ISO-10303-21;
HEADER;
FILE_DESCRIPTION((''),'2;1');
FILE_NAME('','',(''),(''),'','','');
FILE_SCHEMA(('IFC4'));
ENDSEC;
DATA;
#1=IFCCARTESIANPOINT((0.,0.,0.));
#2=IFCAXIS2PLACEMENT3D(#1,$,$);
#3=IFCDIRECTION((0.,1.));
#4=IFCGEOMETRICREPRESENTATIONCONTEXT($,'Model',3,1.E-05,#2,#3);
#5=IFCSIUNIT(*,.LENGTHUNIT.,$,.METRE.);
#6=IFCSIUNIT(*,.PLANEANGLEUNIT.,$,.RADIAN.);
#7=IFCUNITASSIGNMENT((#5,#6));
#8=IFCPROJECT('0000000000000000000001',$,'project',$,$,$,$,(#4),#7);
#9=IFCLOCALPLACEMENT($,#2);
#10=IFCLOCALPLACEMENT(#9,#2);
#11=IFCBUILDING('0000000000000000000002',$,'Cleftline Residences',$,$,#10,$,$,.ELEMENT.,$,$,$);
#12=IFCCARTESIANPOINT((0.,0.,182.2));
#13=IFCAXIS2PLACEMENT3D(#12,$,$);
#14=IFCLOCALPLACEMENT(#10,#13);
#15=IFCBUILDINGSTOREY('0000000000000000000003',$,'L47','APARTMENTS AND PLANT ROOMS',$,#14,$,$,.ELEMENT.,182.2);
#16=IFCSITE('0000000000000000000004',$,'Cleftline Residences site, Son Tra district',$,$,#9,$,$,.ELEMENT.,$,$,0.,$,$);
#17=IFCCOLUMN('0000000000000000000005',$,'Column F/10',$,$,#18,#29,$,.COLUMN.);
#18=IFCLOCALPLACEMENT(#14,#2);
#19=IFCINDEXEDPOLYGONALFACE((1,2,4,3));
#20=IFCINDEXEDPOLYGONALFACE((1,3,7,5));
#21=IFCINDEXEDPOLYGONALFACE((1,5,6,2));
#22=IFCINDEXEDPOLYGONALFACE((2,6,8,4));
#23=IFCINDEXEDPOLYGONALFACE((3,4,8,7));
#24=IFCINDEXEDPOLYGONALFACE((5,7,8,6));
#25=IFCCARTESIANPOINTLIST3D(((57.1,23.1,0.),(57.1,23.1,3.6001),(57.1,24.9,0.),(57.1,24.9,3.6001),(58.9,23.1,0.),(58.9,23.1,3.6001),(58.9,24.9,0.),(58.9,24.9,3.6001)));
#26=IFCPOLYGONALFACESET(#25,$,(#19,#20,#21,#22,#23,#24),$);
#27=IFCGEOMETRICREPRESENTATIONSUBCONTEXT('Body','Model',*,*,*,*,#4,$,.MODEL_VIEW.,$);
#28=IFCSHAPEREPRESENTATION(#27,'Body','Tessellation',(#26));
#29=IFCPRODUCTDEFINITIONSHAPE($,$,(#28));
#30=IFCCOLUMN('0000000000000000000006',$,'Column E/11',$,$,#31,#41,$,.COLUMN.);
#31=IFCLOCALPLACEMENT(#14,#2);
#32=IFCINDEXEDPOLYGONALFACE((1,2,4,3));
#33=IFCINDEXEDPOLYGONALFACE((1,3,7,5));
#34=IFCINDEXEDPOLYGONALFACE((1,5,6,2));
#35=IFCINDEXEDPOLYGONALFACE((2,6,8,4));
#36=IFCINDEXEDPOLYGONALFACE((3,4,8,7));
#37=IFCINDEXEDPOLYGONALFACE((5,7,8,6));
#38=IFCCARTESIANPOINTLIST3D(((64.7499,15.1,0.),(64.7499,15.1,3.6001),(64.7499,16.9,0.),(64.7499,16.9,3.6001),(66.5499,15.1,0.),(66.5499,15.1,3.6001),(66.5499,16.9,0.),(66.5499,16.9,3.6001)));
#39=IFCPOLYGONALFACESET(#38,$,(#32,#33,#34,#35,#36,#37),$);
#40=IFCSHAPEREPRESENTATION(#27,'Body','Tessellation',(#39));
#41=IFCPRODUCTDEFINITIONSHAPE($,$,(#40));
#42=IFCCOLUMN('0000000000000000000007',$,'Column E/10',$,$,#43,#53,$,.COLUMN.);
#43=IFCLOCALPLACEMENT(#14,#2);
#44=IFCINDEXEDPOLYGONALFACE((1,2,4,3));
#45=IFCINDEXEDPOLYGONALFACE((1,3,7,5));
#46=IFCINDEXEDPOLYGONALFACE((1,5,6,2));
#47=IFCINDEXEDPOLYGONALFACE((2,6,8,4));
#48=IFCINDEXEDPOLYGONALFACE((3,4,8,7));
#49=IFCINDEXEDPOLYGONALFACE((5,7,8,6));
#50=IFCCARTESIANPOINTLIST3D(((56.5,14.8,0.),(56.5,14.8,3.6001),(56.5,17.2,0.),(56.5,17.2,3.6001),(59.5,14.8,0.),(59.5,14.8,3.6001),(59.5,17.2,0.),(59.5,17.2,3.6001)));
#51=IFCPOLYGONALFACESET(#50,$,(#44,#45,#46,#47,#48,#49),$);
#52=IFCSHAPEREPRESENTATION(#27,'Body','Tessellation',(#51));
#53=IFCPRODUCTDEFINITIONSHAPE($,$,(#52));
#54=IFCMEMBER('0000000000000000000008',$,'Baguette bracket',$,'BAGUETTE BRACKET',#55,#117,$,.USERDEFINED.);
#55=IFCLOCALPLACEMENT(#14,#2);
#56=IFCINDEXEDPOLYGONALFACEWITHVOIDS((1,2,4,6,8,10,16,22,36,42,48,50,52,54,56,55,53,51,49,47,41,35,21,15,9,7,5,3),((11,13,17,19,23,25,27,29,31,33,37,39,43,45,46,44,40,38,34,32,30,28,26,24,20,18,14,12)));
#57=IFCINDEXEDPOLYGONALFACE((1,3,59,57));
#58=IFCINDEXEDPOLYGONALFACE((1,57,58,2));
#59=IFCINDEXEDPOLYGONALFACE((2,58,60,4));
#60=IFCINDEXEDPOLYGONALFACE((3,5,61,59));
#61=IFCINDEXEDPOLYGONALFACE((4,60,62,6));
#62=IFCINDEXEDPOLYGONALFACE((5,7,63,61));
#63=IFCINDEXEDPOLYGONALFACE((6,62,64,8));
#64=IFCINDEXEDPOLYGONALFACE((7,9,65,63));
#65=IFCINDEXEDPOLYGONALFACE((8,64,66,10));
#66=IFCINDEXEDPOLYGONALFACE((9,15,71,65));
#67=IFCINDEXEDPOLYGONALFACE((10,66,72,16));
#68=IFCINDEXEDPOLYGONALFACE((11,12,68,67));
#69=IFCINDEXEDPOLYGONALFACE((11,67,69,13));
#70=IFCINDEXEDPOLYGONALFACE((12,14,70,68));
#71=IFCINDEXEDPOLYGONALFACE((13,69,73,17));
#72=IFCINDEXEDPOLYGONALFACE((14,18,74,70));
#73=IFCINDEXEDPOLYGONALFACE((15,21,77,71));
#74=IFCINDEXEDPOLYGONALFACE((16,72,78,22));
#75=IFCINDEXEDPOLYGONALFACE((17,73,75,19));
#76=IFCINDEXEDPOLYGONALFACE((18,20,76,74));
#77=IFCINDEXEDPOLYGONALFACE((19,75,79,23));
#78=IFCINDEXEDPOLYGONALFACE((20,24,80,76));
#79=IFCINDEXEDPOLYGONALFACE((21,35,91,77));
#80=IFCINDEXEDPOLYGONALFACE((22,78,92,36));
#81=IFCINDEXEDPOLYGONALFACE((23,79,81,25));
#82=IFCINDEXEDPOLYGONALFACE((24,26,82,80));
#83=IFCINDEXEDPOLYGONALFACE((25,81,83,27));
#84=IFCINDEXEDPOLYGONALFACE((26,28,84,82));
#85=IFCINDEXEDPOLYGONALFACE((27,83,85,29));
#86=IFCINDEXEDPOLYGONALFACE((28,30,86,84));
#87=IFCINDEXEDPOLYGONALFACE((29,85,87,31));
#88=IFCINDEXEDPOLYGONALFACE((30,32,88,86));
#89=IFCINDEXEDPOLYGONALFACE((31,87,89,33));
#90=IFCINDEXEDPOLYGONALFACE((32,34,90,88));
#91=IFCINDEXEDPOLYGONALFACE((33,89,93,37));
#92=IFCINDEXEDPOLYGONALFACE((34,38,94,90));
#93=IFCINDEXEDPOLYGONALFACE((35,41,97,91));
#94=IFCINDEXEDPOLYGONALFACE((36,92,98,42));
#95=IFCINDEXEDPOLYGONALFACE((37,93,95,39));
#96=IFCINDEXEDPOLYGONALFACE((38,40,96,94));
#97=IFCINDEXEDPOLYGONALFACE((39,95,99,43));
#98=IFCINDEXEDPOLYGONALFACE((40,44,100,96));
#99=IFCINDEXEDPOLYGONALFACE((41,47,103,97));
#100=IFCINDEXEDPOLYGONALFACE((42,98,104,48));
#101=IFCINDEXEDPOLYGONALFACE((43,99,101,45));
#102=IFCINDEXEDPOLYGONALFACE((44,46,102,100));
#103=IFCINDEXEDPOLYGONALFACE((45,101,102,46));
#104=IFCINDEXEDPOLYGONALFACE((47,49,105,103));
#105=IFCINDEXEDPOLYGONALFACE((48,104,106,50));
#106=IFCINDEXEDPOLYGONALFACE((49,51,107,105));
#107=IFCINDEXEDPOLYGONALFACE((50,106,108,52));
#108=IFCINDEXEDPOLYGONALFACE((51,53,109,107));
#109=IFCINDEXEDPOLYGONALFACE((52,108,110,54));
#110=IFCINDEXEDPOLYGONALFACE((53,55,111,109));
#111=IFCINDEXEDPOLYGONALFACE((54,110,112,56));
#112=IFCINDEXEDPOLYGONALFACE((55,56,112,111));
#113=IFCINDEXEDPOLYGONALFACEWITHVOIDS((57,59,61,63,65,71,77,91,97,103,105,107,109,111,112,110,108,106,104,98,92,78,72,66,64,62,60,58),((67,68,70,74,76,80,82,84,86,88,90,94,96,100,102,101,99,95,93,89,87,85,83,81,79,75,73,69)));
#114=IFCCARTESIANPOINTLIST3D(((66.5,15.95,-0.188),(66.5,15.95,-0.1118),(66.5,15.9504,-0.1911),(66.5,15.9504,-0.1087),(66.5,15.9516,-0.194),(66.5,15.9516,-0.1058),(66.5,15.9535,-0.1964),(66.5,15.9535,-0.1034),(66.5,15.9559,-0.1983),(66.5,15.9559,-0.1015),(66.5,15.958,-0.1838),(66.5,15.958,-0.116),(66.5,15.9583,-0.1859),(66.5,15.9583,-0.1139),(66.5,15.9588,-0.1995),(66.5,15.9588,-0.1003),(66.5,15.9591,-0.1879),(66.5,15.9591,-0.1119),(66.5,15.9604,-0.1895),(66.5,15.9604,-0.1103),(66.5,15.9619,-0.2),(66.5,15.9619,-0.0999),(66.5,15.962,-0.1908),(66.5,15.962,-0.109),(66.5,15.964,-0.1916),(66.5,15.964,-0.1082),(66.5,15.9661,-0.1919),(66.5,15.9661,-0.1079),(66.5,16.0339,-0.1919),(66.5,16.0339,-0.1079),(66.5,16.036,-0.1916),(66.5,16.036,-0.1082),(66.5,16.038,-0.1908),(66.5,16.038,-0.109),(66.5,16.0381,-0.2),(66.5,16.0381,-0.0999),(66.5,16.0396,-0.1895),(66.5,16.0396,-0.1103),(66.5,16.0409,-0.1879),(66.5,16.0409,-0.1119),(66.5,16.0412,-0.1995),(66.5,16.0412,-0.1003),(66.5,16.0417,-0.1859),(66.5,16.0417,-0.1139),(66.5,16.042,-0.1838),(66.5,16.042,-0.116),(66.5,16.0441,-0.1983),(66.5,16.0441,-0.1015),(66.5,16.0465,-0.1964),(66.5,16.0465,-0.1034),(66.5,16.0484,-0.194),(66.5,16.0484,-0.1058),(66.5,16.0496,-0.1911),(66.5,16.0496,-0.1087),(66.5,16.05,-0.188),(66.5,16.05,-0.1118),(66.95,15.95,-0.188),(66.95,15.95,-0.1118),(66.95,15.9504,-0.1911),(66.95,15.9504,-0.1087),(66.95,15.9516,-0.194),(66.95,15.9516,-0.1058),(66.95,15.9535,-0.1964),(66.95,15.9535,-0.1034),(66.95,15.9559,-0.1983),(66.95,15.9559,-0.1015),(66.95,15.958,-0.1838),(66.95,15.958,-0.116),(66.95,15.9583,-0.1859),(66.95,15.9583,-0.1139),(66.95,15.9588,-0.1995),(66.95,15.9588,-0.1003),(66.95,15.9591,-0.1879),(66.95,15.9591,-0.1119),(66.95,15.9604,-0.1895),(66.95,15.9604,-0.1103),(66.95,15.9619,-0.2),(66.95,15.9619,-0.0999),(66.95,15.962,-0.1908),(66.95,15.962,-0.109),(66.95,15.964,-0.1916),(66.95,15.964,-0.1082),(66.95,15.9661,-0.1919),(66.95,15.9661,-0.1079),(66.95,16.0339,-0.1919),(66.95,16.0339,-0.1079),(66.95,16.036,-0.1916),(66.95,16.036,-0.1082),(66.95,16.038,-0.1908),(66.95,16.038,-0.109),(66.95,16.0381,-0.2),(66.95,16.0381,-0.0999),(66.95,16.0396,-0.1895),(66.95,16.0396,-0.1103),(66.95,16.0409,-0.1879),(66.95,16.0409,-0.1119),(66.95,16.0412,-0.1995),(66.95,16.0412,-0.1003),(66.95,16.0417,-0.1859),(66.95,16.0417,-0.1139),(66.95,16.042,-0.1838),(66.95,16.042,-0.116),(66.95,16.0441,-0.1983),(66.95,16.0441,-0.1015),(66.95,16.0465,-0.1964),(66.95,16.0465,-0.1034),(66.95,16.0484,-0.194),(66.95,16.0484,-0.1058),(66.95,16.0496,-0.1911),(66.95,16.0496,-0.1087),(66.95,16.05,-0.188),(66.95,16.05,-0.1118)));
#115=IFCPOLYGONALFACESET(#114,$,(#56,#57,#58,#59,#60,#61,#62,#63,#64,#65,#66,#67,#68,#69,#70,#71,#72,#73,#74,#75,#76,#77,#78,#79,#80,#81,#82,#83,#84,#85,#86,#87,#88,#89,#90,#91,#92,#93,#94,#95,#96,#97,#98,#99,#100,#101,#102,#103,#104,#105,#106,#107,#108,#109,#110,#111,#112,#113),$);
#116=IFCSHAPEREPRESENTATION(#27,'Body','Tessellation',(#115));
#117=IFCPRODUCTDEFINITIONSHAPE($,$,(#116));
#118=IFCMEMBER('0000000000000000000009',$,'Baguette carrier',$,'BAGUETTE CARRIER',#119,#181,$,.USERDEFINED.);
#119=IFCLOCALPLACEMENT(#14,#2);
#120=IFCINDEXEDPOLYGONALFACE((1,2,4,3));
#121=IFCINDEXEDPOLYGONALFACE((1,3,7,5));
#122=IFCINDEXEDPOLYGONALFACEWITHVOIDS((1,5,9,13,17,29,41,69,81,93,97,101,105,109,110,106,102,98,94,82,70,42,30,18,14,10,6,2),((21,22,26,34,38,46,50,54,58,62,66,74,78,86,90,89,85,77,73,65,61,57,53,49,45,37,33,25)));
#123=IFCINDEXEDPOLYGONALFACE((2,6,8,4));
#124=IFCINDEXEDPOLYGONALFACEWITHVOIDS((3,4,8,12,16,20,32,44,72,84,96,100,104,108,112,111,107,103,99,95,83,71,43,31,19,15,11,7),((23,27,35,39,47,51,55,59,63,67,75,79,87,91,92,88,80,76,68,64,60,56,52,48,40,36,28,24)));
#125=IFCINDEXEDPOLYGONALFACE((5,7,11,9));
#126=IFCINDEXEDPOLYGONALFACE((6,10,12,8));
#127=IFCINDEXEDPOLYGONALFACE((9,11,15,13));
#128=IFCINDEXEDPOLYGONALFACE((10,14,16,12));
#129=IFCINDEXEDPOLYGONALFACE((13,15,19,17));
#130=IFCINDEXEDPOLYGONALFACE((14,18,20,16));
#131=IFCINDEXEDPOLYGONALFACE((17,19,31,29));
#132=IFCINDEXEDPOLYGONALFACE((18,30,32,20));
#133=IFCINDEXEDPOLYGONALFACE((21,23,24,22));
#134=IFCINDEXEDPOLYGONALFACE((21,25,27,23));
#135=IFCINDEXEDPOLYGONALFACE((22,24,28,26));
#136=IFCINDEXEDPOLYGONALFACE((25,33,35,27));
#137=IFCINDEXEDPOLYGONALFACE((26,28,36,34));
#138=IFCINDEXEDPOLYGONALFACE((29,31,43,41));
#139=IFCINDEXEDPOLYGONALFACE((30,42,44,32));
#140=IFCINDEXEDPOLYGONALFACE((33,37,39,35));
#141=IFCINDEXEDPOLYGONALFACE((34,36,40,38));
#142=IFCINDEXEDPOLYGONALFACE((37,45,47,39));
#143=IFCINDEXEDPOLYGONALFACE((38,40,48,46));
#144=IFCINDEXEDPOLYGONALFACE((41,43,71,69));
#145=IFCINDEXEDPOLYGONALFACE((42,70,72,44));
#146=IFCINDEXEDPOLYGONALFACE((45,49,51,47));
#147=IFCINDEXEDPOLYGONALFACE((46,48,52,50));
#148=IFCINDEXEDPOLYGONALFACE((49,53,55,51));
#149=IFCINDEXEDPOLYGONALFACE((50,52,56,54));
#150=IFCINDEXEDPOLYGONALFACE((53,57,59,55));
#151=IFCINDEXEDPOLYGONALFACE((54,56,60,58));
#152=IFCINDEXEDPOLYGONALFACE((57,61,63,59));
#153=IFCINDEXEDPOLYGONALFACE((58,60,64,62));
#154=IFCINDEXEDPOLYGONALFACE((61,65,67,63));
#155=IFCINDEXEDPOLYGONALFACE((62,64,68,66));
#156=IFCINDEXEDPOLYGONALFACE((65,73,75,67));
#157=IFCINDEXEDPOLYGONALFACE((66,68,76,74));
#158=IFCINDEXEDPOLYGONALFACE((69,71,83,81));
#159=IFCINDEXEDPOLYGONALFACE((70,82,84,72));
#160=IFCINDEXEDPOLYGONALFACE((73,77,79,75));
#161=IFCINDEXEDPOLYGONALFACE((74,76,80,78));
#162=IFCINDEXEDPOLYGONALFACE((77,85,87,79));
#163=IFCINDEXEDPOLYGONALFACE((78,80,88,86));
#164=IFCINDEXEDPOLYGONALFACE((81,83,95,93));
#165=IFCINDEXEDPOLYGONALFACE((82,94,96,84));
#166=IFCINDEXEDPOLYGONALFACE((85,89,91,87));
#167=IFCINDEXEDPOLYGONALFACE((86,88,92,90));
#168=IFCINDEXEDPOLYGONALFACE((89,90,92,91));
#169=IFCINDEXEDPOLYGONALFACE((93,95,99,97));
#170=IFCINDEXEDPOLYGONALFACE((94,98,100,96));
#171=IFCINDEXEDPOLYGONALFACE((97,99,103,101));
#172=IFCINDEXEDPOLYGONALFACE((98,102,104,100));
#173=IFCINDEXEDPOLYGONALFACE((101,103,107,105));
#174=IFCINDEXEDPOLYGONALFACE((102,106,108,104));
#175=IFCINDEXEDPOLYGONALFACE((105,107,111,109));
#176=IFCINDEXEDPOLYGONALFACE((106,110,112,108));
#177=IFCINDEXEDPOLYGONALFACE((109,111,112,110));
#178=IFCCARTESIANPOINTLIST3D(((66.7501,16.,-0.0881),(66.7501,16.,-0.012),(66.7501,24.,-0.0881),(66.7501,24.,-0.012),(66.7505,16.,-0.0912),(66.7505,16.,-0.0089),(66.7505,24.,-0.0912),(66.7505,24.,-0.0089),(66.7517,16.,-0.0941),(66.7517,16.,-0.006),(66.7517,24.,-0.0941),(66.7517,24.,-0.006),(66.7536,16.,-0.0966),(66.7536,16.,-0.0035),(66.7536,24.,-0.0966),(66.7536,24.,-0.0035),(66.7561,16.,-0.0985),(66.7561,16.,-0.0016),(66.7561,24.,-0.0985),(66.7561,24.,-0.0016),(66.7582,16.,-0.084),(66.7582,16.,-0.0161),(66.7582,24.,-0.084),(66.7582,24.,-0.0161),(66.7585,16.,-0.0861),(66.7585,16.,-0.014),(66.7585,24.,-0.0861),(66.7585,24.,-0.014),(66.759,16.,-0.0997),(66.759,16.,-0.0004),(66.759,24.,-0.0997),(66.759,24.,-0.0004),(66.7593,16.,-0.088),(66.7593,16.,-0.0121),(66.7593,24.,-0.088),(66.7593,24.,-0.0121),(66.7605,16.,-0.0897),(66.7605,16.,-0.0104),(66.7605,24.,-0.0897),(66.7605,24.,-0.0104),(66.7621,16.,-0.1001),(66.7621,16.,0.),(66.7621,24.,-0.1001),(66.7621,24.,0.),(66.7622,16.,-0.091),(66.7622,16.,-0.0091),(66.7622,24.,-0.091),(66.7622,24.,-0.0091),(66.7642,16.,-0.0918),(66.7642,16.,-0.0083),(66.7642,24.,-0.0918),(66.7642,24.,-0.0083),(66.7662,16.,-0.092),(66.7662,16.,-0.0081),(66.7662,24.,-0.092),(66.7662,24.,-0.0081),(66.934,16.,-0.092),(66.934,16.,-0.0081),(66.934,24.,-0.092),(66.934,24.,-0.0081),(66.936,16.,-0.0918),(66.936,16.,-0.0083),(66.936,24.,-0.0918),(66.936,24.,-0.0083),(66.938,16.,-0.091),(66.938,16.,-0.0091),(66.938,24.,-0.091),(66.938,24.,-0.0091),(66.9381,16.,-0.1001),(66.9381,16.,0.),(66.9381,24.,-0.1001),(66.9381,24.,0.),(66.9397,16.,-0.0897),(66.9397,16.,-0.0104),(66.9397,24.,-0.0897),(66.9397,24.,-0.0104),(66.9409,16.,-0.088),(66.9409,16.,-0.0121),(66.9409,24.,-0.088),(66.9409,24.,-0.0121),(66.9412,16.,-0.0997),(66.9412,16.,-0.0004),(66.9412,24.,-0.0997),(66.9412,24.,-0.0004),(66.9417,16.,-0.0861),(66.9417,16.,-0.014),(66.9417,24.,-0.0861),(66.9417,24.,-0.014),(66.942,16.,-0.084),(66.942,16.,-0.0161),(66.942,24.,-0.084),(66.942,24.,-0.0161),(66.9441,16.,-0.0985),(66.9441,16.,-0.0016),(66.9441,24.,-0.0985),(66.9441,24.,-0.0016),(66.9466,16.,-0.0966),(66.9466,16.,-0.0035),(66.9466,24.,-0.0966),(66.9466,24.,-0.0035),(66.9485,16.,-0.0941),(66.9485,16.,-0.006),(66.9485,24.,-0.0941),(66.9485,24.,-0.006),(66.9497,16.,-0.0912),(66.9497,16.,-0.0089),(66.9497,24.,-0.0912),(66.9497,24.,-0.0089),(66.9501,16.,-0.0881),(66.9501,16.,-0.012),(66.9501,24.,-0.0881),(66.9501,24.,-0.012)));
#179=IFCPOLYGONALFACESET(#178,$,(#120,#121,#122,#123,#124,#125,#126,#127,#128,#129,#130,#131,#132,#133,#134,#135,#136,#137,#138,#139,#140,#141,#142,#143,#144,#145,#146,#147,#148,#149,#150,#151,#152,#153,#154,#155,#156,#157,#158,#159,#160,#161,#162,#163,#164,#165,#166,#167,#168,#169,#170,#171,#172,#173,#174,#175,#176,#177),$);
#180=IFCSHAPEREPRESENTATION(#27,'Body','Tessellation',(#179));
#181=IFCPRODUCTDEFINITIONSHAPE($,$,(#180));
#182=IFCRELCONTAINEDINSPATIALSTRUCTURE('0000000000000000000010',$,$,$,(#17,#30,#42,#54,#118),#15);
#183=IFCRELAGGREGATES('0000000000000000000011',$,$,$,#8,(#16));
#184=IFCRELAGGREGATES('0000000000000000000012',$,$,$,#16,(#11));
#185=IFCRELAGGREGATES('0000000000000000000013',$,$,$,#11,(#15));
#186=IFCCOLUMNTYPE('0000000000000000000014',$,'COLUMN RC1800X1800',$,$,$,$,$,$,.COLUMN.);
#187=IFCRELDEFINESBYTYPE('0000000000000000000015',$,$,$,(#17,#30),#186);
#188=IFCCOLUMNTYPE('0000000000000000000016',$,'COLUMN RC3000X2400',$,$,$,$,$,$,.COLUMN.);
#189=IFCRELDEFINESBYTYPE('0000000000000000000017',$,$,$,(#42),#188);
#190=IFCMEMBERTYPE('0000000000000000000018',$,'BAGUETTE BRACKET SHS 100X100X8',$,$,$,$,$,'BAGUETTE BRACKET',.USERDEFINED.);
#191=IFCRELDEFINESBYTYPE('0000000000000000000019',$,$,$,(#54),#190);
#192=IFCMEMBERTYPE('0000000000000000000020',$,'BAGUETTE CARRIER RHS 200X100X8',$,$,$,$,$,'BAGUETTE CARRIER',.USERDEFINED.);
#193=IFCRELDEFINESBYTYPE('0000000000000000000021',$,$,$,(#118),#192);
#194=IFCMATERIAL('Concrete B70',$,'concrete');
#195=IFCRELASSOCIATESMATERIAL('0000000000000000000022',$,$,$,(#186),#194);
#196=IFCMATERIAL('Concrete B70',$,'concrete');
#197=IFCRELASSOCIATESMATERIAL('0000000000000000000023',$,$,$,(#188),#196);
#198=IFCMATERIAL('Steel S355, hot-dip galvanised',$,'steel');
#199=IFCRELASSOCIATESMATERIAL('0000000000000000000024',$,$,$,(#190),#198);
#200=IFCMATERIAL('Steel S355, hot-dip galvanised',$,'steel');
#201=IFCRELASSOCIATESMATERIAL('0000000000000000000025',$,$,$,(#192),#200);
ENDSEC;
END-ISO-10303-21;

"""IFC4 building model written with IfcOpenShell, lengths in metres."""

from ifc_helpers import new_model, si_unit, direction, frame, origin, origin_2d, place, context, subcontext, project, spatial, rectangle, hollow_rectangle, extrude, material, material_profile, profile_set, type_object, element, save


model = new_model("IFC4")

# Units and contexts
model_context = context("Model", 3, precision=1e-05, world=origin(), true_north=direction((0.0, 1.0)))
body_context = subcontext(model_context, "Body", "Model", "MODEL_VIEW")
ifc_project = project(units=[si_unit("LENGTHUNIT", "METRE"), si_unit("PLANEANGLEUNIT", "RADIAN")], contexts=[model_context])

# Site, building, storey
site_placement = place(None, origin())
site = spatial("IfcSite", under=ifc_project, at=site_placement, Name="Cleftline Residences site, Son Tra district", CompositionType="ELEMENT", RefElevation=0.0)
building_placement = place(site_placement, origin())
building = spatial("IfcBuilding", under=site, at=building_placement, Name="Cleftline Residences", CompositionType="ELEMENT")
storey_placement = place(building_placement, frame((0.0, 0.0, 182.2)))
storey = spatial("IfcBuildingStorey", under=building, at=storey_placement, Name="L47", Description="APARTMENTS AND PLANT ROOMS", CompositionType="ELEMENT", Elevation=182.2)

# Columns
ifc_material_1 = material(Name="Concrete B70", Category="concrete")
ifc_material_profile_1 = material_profile(ifc_material_1, rectangle(XDim=1.8, YDim=1.8, at=origin_2d()))
ifc_profile_set_1 = profile_set([ifc_material_profile_1], Name="Concrete B70")
column_type_1 = type_object("IfcColumnType", Name="COLUMN RC1800X1800", PredefinedType="COLUMN", material=ifc_profile_set_1)
for number, where, z_axis, x_axis, name in (
    (1, (58.0, 24.0, 0.0), (0.0, 0.0, 1.0), (1.0, 0.0, 0.0), "Column F/10"),
    (2, (65.6499, 16.0, 0.0), (0.0, 0.0, 1.0), (1.0, 0.0, 0.0), "Column E/11"),
):
    element("IfcColumn", number, at=place(storey_placement, frame(where, z_axis=z_axis, x_axis=x_axis)), inside=storey, type_object=column_type_1, Name=name, PredefinedType="COLUMN", context=body_context, shape_type="SweptSolid", body=[
        extrude(rectangle(XDim=1.8, YDim=1.8, at=origin_2d()), origin(), (0.0, 0.0, 1.0), 3.6001),
    ])
ifc_material_2 = material(Name="Concrete B70", Category="concrete")
ifc_material_profile_2 = material_profile(ifc_material_2, rectangle(XDim=3.0, YDim=2.3999, at=origin_2d()))
ifc_profile_set_2 = profile_set([ifc_material_profile_2], Name="Concrete B70")
column_type_2 = type_object("IfcColumnType", Name="COLUMN RC3000X2400", PredefinedType="COLUMN", material=ifc_profile_set_2)
column_placement = place(storey_placement, frame((58.0, 16.0, 0.0), z_axis=(0.0, 0.0, 1.0), x_axis=(1.0, 0.0, 0.0)))
element("IfcColumn", 3, at=column_placement, inside=storey, type_object=column_type_2, Name="Column E/10", PredefinedType="COLUMN", context=body_context, shape_type="SweptSolid", body=[
    extrude(rectangle(XDim=3.0, YDim=2.3999, at=origin_2d()), origin(), (0.0, 0.0, 1.0), 3.6001),
])

# Members
ifc_material_3 = material(Name="Steel S355, hot-dip galvanised", Category="steel")
ifc_material_profile_3 = material_profile(ifc_material_3, hollow_rectangle(XDim=0.1001, YDim=0.1001, WallThickness=0.0081, InnerFilletRadius=0.0081, OuterFilletRadius=0.012, at=origin_2d()))
ifc_profile_set_3 = profile_set([ifc_material_profile_3], Name="Steel S355, hot-dip galvanised")
member_type_1 = type_object("IfcMemberType", Name="BAGUETTE BRACKET SHS 100X100X8", ElementType="BAGUETTE BRACKET", PredefinedType="USERDEFINED", material=ifc_profile_set_3)
member_1_placement = place(storey_placement, frame((66.5, 16.0, -0.1499), z_axis=(1.0, 0.0, 0.0), x_axis=(0.0, 1.0, 0.0)))
element("IfcMember", 4, at=member_1_placement, inside=storey, type_object=member_type_1, Name="Baguette bracket", ObjectType="BAGUETTE BRACKET", PredefinedType="USERDEFINED", context=body_context, shape_type="SweptSolid", body=[
    extrude(hollow_rectangle(XDim=0.1001, YDim=0.1001, WallThickness=0.0081, InnerFilletRadius=0.0081, OuterFilletRadius=0.012, at=origin_2d()), origin(), (0.0, 0.0, 1.0), 0.45),
])
ifc_material_4 = material(Name="Steel S355, hot-dip galvanised", Category="steel")
ifc_material_profile_4 = material_profile(ifc_material_4, hollow_rectangle(XDim=0.1001, YDim=0.2, WallThickness=0.0081, InnerFilletRadius=0.0081, OuterFilletRadius=0.012, at=origin_2d()))
ifc_profile_set_4 = profile_set([ifc_material_profile_4], Name="Steel S355, hot-dip galvanised")
member_type_2 = type_object("IfcMemberType", Name="BAGUETTE CARRIER RHS 200X100X8", ElementType="BAGUETTE CARRIER", PredefinedType="USERDEFINED", material=ifc_profile_set_4)
member_2_placement = place(storey_placement, frame((66.8501, 16.0, -0.05), z_axis=(0.0, 1.0, 0.0), x_axis=(0.0, 0.0, 1.0)))
element("IfcMember", 5, at=member_2_placement, inside=storey, type_object=member_type_2, Name="Baguette carrier", ObjectType="BAGUETTE CARRIER", PredefinedType="USERDEFINED", context=body_context, shape_type="SweptSolid", body=[
    extrude(hollow_rectangle(XDim=0.1001, YDim=0.2, WallThickness=0.0081, InnerFilletRadius=0.0081, OuterFilletRadius=0.012, at=origin_2d()), origin(), (0.0, 0.0, 1.0), 8.0),
])

save(model, "model.ifc")
